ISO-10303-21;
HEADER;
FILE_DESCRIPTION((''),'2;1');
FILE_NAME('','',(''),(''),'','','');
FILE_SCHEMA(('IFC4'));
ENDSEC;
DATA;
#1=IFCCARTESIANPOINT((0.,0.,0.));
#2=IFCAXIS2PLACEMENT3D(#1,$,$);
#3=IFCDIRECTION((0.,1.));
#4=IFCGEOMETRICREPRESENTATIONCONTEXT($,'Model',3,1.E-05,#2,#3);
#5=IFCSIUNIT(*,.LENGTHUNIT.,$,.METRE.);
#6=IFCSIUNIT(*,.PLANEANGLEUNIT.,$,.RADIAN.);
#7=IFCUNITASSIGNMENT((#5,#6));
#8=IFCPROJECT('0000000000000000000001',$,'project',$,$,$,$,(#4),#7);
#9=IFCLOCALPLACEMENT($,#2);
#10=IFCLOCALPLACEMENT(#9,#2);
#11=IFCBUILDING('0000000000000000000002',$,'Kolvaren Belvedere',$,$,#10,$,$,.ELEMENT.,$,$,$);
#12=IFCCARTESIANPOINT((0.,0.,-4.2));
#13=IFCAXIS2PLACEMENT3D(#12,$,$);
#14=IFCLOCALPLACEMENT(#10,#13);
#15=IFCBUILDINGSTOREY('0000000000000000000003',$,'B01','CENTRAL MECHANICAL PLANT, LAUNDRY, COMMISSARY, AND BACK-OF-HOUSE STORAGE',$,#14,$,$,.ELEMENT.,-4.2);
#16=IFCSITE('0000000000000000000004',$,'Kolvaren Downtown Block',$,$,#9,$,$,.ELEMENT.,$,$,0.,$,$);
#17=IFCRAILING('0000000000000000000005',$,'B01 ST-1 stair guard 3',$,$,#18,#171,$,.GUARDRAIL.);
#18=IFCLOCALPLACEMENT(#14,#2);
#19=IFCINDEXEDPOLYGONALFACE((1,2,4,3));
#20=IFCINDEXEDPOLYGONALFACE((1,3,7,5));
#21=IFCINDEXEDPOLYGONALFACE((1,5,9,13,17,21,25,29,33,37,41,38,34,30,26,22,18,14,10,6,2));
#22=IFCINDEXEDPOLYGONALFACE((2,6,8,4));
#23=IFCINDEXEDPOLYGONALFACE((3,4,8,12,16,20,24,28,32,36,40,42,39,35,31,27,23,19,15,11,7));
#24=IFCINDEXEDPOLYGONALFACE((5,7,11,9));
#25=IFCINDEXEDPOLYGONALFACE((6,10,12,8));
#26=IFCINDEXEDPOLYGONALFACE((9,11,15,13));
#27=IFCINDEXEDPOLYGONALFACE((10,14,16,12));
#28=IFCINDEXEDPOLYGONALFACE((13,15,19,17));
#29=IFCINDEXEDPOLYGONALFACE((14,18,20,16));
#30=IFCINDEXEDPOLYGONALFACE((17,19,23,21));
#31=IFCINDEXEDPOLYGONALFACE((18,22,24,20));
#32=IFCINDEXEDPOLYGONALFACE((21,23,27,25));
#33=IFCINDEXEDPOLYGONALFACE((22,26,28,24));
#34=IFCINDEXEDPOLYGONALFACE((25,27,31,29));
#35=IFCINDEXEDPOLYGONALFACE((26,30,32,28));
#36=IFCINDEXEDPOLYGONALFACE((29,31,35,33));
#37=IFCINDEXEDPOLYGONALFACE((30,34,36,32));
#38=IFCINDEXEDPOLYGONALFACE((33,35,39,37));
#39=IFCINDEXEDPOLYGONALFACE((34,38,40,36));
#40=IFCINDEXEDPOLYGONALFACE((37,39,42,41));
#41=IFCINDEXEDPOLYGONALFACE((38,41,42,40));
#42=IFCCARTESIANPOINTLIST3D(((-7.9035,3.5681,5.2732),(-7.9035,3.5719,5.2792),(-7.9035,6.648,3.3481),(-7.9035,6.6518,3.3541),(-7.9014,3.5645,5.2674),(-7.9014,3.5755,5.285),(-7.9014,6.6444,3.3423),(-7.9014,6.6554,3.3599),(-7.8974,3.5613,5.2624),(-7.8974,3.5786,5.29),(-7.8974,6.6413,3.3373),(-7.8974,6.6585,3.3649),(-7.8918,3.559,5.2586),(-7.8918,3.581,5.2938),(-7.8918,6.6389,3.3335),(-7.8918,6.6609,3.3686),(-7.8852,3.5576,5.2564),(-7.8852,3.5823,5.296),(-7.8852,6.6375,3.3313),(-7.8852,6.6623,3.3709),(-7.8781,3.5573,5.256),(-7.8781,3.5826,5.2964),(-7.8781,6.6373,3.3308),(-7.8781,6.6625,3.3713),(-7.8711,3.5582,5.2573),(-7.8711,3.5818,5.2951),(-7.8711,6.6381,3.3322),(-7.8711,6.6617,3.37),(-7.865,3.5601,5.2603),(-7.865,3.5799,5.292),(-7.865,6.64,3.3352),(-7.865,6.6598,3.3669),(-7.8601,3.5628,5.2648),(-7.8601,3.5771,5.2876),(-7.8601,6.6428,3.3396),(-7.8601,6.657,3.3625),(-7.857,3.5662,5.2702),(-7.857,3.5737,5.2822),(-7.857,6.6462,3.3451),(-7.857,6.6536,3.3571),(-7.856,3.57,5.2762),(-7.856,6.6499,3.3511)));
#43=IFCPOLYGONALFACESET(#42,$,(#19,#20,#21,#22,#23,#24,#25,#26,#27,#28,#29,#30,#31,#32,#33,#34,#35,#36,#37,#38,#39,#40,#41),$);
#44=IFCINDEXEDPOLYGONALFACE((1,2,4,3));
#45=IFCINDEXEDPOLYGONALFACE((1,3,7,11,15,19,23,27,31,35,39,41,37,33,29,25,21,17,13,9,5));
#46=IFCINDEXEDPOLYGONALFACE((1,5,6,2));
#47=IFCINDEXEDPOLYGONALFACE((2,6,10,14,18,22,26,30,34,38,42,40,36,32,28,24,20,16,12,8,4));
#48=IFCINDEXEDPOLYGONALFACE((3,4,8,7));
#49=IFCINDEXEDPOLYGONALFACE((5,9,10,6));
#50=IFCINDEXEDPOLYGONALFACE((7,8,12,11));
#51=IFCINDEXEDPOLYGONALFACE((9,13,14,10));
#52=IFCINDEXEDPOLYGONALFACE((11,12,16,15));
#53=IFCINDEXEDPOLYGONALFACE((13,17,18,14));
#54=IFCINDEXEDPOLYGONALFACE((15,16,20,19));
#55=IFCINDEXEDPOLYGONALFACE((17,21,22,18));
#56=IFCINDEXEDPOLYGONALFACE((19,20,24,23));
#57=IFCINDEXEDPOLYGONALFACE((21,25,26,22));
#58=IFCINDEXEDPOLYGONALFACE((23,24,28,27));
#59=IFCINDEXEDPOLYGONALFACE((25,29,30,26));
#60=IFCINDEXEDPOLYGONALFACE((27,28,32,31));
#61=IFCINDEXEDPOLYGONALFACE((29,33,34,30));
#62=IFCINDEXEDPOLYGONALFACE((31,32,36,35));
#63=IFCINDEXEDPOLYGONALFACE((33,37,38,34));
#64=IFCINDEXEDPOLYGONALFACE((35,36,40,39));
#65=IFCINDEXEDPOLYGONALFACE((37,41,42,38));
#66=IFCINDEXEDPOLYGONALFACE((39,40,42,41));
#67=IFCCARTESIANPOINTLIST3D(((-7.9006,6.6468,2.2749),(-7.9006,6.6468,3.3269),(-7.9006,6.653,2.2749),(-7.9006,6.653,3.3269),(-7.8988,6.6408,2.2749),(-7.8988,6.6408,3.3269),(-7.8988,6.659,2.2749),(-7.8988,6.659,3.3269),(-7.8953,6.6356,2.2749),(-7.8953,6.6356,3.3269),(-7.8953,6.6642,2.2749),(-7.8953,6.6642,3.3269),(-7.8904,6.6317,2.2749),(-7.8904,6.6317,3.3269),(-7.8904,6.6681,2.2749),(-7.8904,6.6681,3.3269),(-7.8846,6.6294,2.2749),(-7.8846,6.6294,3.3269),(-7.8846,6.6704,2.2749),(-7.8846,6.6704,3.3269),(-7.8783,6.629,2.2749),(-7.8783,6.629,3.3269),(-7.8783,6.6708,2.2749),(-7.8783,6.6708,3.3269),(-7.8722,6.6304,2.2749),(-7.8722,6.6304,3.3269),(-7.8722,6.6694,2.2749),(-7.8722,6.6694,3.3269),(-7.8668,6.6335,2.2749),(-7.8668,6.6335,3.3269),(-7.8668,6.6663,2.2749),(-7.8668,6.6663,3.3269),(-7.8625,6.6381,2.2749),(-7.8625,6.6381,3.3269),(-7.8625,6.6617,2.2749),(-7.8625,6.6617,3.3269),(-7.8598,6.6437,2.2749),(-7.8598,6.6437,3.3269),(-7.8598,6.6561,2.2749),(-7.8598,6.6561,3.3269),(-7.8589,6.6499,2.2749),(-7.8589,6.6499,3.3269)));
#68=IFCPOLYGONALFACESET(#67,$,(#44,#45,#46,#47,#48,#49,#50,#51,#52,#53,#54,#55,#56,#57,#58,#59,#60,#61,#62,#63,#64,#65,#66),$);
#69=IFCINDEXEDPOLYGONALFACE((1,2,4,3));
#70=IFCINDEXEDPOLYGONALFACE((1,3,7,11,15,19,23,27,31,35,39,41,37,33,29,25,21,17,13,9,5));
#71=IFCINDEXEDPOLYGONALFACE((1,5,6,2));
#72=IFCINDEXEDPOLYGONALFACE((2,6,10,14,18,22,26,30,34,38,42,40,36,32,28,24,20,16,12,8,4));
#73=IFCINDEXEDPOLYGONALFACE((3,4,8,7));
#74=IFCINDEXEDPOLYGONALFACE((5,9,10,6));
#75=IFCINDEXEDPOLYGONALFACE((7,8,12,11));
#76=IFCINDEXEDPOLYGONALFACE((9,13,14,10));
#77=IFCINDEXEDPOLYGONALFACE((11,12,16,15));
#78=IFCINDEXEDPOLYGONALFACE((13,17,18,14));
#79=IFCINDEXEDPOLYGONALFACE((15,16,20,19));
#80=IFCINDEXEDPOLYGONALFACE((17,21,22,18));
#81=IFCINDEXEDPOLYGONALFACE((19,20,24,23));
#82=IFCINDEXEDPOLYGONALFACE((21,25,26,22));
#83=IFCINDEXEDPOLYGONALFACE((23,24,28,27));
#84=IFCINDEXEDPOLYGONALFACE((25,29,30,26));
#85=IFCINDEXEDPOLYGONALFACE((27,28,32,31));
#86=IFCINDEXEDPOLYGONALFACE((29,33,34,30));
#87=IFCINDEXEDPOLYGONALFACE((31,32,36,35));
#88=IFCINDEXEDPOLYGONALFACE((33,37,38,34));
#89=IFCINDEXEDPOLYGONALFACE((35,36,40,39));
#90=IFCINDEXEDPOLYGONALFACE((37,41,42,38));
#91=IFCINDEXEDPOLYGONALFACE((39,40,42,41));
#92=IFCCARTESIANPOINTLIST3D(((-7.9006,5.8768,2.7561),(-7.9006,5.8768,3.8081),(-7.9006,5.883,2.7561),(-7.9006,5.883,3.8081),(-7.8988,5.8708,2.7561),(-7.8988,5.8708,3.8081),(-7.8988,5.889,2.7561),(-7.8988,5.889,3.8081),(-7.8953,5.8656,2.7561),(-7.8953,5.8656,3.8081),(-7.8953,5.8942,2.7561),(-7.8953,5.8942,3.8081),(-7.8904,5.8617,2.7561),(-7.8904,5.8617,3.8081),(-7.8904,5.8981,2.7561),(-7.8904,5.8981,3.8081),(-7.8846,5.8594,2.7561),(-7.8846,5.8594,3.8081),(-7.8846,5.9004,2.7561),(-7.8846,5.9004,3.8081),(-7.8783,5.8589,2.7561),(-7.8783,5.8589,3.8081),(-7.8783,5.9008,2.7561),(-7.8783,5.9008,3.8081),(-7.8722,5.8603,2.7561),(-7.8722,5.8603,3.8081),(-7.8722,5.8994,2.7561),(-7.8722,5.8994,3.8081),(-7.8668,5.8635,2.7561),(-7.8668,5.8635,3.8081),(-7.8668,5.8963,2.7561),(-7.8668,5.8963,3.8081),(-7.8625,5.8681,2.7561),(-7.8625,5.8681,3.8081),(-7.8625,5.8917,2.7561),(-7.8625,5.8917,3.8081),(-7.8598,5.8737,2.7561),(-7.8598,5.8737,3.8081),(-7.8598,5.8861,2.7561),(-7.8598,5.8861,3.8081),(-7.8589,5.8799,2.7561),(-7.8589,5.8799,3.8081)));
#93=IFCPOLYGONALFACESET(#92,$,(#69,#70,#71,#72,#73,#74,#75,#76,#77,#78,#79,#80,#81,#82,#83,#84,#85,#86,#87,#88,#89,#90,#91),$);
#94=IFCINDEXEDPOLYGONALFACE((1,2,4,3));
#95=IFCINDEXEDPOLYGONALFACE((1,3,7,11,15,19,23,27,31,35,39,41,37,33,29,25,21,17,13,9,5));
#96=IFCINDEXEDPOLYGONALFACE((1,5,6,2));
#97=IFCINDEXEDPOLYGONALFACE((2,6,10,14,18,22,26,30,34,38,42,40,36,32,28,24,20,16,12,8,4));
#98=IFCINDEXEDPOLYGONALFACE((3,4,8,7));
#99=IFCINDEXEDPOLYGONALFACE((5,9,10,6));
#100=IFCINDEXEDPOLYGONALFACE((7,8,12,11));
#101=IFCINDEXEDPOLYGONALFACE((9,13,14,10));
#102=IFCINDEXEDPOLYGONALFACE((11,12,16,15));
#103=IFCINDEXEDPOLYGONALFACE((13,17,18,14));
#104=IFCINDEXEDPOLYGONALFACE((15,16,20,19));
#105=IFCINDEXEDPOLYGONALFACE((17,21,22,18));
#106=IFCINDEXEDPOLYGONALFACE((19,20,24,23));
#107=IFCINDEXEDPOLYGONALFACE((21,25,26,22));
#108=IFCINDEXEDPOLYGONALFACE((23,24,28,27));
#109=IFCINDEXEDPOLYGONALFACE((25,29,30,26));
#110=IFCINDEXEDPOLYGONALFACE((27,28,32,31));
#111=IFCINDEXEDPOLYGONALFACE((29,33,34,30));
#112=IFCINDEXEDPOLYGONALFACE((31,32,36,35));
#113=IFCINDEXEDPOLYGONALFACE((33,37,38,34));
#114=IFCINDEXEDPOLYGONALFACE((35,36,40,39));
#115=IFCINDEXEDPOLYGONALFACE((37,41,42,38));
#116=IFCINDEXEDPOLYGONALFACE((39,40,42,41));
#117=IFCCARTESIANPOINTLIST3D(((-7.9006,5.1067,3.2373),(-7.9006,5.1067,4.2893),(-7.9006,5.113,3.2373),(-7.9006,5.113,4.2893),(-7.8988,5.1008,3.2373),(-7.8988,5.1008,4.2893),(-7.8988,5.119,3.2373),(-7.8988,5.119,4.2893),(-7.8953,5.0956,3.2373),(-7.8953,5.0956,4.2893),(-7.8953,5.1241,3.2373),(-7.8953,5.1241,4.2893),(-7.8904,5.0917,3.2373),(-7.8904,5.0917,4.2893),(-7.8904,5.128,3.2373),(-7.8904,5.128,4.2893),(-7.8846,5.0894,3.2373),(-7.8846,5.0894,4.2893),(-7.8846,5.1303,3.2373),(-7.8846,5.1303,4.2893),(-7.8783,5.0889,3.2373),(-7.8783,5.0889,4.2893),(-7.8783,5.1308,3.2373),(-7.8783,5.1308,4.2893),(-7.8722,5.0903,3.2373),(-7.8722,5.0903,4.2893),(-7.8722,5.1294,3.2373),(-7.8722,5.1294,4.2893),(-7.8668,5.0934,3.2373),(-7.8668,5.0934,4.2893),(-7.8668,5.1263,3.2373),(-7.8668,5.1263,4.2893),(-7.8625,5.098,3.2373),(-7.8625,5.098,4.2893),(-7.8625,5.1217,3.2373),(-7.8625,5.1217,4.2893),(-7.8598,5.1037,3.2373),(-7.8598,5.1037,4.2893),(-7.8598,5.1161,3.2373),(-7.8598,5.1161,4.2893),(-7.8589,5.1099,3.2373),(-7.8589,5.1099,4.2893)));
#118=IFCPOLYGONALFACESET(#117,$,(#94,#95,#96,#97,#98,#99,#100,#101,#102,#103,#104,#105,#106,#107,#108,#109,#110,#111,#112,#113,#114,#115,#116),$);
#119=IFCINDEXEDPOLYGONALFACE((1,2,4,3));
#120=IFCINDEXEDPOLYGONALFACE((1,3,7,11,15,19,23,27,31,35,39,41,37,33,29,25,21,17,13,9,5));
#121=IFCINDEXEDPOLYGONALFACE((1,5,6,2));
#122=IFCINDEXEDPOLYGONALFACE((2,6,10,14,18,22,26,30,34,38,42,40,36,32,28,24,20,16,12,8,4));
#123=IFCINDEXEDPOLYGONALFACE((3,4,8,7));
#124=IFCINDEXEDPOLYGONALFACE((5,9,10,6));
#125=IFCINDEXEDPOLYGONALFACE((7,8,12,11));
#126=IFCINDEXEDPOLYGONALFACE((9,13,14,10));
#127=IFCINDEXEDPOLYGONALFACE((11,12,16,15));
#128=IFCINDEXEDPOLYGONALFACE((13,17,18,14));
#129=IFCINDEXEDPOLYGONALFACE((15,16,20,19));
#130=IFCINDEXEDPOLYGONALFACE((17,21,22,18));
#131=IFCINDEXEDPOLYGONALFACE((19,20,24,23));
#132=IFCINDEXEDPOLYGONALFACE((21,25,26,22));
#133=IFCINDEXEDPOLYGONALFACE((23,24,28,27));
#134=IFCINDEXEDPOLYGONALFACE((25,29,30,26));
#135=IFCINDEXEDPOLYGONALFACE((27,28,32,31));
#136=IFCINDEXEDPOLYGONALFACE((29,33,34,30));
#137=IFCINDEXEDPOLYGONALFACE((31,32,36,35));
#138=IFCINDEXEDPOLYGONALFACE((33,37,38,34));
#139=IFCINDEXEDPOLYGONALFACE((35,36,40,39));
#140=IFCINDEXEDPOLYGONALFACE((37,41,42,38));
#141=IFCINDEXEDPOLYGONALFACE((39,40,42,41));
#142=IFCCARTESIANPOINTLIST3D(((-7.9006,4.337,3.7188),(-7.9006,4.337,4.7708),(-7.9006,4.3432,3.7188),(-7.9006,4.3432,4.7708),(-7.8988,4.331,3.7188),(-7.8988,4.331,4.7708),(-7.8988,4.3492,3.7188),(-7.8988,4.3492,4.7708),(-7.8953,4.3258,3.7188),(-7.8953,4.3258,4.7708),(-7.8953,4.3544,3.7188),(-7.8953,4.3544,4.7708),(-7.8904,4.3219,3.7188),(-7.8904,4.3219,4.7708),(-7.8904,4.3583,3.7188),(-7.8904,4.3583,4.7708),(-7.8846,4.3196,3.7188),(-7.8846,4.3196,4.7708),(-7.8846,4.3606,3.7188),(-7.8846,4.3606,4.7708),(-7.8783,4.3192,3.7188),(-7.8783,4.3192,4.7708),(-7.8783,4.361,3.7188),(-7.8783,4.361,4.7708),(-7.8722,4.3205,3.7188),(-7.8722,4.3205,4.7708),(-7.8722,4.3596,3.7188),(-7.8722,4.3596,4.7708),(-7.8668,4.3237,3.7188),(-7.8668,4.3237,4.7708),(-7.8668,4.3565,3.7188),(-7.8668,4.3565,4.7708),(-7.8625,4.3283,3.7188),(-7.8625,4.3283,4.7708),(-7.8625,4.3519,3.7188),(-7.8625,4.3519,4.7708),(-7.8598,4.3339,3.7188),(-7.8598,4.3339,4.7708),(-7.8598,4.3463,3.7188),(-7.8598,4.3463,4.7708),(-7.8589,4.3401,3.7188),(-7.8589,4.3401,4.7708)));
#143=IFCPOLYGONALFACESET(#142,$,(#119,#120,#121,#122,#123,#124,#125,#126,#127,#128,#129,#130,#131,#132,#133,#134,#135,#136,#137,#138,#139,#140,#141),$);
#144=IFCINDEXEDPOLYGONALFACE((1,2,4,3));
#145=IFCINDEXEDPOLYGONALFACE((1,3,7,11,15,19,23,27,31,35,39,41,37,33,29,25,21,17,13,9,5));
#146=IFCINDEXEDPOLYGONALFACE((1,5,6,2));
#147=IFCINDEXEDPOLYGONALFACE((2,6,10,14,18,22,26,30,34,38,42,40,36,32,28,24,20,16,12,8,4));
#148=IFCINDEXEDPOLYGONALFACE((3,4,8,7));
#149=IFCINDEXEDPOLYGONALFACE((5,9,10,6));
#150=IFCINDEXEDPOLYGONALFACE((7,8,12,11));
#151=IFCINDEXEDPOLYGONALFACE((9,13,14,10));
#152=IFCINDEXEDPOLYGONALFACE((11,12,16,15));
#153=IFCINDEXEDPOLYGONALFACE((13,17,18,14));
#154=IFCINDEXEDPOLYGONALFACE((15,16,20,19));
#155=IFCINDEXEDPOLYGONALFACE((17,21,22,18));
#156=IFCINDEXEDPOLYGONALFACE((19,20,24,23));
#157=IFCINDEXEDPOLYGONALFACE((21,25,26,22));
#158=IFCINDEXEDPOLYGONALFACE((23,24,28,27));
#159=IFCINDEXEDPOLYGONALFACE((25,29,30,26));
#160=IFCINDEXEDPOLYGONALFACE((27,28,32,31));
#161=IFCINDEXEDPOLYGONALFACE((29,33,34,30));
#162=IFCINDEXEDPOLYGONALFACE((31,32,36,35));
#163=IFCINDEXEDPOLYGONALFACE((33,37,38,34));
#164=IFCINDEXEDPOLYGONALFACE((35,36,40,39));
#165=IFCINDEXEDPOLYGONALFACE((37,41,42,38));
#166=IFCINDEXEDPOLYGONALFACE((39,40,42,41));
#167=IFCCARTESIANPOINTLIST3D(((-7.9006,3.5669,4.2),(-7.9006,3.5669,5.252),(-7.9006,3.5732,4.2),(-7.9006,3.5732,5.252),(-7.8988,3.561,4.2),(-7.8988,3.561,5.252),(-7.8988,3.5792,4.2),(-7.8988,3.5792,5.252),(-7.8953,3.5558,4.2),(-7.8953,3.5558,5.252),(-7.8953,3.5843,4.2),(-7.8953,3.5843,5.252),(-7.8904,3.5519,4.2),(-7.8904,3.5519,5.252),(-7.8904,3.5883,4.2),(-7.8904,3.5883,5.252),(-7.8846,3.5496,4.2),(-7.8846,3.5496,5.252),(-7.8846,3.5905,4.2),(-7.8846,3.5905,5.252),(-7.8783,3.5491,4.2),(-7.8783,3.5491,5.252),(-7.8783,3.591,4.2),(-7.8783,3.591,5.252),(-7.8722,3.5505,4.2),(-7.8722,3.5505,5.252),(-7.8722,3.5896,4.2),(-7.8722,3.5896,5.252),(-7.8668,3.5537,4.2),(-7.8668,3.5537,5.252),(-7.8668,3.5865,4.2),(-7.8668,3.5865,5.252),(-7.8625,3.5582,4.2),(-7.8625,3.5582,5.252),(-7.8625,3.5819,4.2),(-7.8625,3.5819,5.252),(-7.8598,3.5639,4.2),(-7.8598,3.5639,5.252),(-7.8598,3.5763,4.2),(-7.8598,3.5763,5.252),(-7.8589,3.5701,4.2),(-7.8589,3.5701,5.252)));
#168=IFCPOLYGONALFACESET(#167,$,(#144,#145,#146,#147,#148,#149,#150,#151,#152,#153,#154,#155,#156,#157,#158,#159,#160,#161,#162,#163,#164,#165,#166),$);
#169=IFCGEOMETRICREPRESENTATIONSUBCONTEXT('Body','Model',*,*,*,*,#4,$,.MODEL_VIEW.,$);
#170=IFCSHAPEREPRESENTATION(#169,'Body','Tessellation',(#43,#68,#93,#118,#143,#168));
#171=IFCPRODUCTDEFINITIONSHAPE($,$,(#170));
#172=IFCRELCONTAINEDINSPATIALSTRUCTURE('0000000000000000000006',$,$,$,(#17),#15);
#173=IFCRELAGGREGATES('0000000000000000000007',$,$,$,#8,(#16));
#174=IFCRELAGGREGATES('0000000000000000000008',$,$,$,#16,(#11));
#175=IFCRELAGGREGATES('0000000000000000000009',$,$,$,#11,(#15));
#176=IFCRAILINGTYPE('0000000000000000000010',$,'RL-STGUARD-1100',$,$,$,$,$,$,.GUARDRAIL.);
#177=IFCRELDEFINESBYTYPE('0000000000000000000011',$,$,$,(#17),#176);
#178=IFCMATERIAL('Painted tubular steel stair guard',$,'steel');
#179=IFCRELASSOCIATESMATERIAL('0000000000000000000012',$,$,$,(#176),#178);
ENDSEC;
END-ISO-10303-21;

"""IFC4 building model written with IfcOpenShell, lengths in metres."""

from ifc_helpers import new_model, si_unit, direction, frame, origin, origin_2d, place, context, subcontext, project, spatial, circle, extrude, material, type_object, element, save


model = new_model("IFC4")

# Units and contexts
model_context = context("Model", 3, precision=1e-05, world=origin(), true_north=direction((0.0, 1.0)))
body_context = subcontext(model_context, "Body", "Model", "MODEL_VIEW")
ifc_project = project(units=[si_unit("LENGTHUNIT", "METRE"), si_unit("PLANEANGLEUNIT", "RADIAN")], contexts=[model_context])

# Site, building, storey
site_placement = place(None, origin())
site = spatial("IfcSite", under=ifc_project, at=site_placement, Name="Kolvaren Downtown Block", CompositionType="ELEMENT", RefElevation=0.0)
building_placement = place(site_placement, origin())
building = spatial("IfcBuilding", under=site, at=building_placement, Name="Kolvaren Belvedere", CompositionType="ELEMENT")
storey_placement = place(building_placement, frame((0.0, 0.0, -4.2)))
storey = spatial("IfcBuildingStorey", under=building, at=storey_placement, Name="B01", Description="CENTRAL MECHANICAL PLANT, LAUNDRY, COMMISSARY, AND BACK-OF-HOUSE STORAGE", CompositionType="ELEMENT", Elevation=-4.2)

# Railing
ifc_material_1 = material(Name="Painted tubular steel stair guard", Category="steel")
railing_type_1 = type_object("IfcRailingType", Name="RL-STGUARD-1100", PredefinedType="GUARDRAIL", material=ifc_material_1)
railing_1_placement = place(storey_placement, frame((-7.8799, 6.6499, 2.2749)))
element("IfcRailing", 1, at=railing_1_placement, inside=storey, type_object=railing_type_1, Name="B01 ST-1 stair guard 3", PredefinedType="GUARDRAIL", context=body_context, shape_type="SweptSolid", body=[
    extrude(circle(Radius=0.0239, at=origin_2d()), frame((0.0, 0.0, 1.0762), z_axis=(0.0, -0.847979, 0.530029), x_axis=(1.0, 0.0, 0.0)), (0.0, 0.0, 1.0), 3.6321),
    extrude(circle(Radius=0.021, at=origin_2d()), origin(), (0.0, 0.0, 1.0), 1.052),
    extrude(circle(Radius=0.021, at=origin_2d()), frame((0.0, -0.77, 0.4812)), (0.0, 0.0, 1.0), 1.052),
    extrude(circle(Radius=0.021, at=origin_2d()), frame((0.0, -1.54, 0.9624)), (0.0, 0.0, 1.0), 1.052),
    extrude(circle(Radius=0.021, at=origin_2d()), frame((0.0, -2.3098, 1.4438)), (0.0, 0.0, 1.0), 1.052),
    extrude(circle(Radius=0.021, at=origin_2d()), frame((0.0, -3.0798, 1.925)), (0.0, 0.0, 1.0), 1.052),
])

save(model, "model.ifc")
